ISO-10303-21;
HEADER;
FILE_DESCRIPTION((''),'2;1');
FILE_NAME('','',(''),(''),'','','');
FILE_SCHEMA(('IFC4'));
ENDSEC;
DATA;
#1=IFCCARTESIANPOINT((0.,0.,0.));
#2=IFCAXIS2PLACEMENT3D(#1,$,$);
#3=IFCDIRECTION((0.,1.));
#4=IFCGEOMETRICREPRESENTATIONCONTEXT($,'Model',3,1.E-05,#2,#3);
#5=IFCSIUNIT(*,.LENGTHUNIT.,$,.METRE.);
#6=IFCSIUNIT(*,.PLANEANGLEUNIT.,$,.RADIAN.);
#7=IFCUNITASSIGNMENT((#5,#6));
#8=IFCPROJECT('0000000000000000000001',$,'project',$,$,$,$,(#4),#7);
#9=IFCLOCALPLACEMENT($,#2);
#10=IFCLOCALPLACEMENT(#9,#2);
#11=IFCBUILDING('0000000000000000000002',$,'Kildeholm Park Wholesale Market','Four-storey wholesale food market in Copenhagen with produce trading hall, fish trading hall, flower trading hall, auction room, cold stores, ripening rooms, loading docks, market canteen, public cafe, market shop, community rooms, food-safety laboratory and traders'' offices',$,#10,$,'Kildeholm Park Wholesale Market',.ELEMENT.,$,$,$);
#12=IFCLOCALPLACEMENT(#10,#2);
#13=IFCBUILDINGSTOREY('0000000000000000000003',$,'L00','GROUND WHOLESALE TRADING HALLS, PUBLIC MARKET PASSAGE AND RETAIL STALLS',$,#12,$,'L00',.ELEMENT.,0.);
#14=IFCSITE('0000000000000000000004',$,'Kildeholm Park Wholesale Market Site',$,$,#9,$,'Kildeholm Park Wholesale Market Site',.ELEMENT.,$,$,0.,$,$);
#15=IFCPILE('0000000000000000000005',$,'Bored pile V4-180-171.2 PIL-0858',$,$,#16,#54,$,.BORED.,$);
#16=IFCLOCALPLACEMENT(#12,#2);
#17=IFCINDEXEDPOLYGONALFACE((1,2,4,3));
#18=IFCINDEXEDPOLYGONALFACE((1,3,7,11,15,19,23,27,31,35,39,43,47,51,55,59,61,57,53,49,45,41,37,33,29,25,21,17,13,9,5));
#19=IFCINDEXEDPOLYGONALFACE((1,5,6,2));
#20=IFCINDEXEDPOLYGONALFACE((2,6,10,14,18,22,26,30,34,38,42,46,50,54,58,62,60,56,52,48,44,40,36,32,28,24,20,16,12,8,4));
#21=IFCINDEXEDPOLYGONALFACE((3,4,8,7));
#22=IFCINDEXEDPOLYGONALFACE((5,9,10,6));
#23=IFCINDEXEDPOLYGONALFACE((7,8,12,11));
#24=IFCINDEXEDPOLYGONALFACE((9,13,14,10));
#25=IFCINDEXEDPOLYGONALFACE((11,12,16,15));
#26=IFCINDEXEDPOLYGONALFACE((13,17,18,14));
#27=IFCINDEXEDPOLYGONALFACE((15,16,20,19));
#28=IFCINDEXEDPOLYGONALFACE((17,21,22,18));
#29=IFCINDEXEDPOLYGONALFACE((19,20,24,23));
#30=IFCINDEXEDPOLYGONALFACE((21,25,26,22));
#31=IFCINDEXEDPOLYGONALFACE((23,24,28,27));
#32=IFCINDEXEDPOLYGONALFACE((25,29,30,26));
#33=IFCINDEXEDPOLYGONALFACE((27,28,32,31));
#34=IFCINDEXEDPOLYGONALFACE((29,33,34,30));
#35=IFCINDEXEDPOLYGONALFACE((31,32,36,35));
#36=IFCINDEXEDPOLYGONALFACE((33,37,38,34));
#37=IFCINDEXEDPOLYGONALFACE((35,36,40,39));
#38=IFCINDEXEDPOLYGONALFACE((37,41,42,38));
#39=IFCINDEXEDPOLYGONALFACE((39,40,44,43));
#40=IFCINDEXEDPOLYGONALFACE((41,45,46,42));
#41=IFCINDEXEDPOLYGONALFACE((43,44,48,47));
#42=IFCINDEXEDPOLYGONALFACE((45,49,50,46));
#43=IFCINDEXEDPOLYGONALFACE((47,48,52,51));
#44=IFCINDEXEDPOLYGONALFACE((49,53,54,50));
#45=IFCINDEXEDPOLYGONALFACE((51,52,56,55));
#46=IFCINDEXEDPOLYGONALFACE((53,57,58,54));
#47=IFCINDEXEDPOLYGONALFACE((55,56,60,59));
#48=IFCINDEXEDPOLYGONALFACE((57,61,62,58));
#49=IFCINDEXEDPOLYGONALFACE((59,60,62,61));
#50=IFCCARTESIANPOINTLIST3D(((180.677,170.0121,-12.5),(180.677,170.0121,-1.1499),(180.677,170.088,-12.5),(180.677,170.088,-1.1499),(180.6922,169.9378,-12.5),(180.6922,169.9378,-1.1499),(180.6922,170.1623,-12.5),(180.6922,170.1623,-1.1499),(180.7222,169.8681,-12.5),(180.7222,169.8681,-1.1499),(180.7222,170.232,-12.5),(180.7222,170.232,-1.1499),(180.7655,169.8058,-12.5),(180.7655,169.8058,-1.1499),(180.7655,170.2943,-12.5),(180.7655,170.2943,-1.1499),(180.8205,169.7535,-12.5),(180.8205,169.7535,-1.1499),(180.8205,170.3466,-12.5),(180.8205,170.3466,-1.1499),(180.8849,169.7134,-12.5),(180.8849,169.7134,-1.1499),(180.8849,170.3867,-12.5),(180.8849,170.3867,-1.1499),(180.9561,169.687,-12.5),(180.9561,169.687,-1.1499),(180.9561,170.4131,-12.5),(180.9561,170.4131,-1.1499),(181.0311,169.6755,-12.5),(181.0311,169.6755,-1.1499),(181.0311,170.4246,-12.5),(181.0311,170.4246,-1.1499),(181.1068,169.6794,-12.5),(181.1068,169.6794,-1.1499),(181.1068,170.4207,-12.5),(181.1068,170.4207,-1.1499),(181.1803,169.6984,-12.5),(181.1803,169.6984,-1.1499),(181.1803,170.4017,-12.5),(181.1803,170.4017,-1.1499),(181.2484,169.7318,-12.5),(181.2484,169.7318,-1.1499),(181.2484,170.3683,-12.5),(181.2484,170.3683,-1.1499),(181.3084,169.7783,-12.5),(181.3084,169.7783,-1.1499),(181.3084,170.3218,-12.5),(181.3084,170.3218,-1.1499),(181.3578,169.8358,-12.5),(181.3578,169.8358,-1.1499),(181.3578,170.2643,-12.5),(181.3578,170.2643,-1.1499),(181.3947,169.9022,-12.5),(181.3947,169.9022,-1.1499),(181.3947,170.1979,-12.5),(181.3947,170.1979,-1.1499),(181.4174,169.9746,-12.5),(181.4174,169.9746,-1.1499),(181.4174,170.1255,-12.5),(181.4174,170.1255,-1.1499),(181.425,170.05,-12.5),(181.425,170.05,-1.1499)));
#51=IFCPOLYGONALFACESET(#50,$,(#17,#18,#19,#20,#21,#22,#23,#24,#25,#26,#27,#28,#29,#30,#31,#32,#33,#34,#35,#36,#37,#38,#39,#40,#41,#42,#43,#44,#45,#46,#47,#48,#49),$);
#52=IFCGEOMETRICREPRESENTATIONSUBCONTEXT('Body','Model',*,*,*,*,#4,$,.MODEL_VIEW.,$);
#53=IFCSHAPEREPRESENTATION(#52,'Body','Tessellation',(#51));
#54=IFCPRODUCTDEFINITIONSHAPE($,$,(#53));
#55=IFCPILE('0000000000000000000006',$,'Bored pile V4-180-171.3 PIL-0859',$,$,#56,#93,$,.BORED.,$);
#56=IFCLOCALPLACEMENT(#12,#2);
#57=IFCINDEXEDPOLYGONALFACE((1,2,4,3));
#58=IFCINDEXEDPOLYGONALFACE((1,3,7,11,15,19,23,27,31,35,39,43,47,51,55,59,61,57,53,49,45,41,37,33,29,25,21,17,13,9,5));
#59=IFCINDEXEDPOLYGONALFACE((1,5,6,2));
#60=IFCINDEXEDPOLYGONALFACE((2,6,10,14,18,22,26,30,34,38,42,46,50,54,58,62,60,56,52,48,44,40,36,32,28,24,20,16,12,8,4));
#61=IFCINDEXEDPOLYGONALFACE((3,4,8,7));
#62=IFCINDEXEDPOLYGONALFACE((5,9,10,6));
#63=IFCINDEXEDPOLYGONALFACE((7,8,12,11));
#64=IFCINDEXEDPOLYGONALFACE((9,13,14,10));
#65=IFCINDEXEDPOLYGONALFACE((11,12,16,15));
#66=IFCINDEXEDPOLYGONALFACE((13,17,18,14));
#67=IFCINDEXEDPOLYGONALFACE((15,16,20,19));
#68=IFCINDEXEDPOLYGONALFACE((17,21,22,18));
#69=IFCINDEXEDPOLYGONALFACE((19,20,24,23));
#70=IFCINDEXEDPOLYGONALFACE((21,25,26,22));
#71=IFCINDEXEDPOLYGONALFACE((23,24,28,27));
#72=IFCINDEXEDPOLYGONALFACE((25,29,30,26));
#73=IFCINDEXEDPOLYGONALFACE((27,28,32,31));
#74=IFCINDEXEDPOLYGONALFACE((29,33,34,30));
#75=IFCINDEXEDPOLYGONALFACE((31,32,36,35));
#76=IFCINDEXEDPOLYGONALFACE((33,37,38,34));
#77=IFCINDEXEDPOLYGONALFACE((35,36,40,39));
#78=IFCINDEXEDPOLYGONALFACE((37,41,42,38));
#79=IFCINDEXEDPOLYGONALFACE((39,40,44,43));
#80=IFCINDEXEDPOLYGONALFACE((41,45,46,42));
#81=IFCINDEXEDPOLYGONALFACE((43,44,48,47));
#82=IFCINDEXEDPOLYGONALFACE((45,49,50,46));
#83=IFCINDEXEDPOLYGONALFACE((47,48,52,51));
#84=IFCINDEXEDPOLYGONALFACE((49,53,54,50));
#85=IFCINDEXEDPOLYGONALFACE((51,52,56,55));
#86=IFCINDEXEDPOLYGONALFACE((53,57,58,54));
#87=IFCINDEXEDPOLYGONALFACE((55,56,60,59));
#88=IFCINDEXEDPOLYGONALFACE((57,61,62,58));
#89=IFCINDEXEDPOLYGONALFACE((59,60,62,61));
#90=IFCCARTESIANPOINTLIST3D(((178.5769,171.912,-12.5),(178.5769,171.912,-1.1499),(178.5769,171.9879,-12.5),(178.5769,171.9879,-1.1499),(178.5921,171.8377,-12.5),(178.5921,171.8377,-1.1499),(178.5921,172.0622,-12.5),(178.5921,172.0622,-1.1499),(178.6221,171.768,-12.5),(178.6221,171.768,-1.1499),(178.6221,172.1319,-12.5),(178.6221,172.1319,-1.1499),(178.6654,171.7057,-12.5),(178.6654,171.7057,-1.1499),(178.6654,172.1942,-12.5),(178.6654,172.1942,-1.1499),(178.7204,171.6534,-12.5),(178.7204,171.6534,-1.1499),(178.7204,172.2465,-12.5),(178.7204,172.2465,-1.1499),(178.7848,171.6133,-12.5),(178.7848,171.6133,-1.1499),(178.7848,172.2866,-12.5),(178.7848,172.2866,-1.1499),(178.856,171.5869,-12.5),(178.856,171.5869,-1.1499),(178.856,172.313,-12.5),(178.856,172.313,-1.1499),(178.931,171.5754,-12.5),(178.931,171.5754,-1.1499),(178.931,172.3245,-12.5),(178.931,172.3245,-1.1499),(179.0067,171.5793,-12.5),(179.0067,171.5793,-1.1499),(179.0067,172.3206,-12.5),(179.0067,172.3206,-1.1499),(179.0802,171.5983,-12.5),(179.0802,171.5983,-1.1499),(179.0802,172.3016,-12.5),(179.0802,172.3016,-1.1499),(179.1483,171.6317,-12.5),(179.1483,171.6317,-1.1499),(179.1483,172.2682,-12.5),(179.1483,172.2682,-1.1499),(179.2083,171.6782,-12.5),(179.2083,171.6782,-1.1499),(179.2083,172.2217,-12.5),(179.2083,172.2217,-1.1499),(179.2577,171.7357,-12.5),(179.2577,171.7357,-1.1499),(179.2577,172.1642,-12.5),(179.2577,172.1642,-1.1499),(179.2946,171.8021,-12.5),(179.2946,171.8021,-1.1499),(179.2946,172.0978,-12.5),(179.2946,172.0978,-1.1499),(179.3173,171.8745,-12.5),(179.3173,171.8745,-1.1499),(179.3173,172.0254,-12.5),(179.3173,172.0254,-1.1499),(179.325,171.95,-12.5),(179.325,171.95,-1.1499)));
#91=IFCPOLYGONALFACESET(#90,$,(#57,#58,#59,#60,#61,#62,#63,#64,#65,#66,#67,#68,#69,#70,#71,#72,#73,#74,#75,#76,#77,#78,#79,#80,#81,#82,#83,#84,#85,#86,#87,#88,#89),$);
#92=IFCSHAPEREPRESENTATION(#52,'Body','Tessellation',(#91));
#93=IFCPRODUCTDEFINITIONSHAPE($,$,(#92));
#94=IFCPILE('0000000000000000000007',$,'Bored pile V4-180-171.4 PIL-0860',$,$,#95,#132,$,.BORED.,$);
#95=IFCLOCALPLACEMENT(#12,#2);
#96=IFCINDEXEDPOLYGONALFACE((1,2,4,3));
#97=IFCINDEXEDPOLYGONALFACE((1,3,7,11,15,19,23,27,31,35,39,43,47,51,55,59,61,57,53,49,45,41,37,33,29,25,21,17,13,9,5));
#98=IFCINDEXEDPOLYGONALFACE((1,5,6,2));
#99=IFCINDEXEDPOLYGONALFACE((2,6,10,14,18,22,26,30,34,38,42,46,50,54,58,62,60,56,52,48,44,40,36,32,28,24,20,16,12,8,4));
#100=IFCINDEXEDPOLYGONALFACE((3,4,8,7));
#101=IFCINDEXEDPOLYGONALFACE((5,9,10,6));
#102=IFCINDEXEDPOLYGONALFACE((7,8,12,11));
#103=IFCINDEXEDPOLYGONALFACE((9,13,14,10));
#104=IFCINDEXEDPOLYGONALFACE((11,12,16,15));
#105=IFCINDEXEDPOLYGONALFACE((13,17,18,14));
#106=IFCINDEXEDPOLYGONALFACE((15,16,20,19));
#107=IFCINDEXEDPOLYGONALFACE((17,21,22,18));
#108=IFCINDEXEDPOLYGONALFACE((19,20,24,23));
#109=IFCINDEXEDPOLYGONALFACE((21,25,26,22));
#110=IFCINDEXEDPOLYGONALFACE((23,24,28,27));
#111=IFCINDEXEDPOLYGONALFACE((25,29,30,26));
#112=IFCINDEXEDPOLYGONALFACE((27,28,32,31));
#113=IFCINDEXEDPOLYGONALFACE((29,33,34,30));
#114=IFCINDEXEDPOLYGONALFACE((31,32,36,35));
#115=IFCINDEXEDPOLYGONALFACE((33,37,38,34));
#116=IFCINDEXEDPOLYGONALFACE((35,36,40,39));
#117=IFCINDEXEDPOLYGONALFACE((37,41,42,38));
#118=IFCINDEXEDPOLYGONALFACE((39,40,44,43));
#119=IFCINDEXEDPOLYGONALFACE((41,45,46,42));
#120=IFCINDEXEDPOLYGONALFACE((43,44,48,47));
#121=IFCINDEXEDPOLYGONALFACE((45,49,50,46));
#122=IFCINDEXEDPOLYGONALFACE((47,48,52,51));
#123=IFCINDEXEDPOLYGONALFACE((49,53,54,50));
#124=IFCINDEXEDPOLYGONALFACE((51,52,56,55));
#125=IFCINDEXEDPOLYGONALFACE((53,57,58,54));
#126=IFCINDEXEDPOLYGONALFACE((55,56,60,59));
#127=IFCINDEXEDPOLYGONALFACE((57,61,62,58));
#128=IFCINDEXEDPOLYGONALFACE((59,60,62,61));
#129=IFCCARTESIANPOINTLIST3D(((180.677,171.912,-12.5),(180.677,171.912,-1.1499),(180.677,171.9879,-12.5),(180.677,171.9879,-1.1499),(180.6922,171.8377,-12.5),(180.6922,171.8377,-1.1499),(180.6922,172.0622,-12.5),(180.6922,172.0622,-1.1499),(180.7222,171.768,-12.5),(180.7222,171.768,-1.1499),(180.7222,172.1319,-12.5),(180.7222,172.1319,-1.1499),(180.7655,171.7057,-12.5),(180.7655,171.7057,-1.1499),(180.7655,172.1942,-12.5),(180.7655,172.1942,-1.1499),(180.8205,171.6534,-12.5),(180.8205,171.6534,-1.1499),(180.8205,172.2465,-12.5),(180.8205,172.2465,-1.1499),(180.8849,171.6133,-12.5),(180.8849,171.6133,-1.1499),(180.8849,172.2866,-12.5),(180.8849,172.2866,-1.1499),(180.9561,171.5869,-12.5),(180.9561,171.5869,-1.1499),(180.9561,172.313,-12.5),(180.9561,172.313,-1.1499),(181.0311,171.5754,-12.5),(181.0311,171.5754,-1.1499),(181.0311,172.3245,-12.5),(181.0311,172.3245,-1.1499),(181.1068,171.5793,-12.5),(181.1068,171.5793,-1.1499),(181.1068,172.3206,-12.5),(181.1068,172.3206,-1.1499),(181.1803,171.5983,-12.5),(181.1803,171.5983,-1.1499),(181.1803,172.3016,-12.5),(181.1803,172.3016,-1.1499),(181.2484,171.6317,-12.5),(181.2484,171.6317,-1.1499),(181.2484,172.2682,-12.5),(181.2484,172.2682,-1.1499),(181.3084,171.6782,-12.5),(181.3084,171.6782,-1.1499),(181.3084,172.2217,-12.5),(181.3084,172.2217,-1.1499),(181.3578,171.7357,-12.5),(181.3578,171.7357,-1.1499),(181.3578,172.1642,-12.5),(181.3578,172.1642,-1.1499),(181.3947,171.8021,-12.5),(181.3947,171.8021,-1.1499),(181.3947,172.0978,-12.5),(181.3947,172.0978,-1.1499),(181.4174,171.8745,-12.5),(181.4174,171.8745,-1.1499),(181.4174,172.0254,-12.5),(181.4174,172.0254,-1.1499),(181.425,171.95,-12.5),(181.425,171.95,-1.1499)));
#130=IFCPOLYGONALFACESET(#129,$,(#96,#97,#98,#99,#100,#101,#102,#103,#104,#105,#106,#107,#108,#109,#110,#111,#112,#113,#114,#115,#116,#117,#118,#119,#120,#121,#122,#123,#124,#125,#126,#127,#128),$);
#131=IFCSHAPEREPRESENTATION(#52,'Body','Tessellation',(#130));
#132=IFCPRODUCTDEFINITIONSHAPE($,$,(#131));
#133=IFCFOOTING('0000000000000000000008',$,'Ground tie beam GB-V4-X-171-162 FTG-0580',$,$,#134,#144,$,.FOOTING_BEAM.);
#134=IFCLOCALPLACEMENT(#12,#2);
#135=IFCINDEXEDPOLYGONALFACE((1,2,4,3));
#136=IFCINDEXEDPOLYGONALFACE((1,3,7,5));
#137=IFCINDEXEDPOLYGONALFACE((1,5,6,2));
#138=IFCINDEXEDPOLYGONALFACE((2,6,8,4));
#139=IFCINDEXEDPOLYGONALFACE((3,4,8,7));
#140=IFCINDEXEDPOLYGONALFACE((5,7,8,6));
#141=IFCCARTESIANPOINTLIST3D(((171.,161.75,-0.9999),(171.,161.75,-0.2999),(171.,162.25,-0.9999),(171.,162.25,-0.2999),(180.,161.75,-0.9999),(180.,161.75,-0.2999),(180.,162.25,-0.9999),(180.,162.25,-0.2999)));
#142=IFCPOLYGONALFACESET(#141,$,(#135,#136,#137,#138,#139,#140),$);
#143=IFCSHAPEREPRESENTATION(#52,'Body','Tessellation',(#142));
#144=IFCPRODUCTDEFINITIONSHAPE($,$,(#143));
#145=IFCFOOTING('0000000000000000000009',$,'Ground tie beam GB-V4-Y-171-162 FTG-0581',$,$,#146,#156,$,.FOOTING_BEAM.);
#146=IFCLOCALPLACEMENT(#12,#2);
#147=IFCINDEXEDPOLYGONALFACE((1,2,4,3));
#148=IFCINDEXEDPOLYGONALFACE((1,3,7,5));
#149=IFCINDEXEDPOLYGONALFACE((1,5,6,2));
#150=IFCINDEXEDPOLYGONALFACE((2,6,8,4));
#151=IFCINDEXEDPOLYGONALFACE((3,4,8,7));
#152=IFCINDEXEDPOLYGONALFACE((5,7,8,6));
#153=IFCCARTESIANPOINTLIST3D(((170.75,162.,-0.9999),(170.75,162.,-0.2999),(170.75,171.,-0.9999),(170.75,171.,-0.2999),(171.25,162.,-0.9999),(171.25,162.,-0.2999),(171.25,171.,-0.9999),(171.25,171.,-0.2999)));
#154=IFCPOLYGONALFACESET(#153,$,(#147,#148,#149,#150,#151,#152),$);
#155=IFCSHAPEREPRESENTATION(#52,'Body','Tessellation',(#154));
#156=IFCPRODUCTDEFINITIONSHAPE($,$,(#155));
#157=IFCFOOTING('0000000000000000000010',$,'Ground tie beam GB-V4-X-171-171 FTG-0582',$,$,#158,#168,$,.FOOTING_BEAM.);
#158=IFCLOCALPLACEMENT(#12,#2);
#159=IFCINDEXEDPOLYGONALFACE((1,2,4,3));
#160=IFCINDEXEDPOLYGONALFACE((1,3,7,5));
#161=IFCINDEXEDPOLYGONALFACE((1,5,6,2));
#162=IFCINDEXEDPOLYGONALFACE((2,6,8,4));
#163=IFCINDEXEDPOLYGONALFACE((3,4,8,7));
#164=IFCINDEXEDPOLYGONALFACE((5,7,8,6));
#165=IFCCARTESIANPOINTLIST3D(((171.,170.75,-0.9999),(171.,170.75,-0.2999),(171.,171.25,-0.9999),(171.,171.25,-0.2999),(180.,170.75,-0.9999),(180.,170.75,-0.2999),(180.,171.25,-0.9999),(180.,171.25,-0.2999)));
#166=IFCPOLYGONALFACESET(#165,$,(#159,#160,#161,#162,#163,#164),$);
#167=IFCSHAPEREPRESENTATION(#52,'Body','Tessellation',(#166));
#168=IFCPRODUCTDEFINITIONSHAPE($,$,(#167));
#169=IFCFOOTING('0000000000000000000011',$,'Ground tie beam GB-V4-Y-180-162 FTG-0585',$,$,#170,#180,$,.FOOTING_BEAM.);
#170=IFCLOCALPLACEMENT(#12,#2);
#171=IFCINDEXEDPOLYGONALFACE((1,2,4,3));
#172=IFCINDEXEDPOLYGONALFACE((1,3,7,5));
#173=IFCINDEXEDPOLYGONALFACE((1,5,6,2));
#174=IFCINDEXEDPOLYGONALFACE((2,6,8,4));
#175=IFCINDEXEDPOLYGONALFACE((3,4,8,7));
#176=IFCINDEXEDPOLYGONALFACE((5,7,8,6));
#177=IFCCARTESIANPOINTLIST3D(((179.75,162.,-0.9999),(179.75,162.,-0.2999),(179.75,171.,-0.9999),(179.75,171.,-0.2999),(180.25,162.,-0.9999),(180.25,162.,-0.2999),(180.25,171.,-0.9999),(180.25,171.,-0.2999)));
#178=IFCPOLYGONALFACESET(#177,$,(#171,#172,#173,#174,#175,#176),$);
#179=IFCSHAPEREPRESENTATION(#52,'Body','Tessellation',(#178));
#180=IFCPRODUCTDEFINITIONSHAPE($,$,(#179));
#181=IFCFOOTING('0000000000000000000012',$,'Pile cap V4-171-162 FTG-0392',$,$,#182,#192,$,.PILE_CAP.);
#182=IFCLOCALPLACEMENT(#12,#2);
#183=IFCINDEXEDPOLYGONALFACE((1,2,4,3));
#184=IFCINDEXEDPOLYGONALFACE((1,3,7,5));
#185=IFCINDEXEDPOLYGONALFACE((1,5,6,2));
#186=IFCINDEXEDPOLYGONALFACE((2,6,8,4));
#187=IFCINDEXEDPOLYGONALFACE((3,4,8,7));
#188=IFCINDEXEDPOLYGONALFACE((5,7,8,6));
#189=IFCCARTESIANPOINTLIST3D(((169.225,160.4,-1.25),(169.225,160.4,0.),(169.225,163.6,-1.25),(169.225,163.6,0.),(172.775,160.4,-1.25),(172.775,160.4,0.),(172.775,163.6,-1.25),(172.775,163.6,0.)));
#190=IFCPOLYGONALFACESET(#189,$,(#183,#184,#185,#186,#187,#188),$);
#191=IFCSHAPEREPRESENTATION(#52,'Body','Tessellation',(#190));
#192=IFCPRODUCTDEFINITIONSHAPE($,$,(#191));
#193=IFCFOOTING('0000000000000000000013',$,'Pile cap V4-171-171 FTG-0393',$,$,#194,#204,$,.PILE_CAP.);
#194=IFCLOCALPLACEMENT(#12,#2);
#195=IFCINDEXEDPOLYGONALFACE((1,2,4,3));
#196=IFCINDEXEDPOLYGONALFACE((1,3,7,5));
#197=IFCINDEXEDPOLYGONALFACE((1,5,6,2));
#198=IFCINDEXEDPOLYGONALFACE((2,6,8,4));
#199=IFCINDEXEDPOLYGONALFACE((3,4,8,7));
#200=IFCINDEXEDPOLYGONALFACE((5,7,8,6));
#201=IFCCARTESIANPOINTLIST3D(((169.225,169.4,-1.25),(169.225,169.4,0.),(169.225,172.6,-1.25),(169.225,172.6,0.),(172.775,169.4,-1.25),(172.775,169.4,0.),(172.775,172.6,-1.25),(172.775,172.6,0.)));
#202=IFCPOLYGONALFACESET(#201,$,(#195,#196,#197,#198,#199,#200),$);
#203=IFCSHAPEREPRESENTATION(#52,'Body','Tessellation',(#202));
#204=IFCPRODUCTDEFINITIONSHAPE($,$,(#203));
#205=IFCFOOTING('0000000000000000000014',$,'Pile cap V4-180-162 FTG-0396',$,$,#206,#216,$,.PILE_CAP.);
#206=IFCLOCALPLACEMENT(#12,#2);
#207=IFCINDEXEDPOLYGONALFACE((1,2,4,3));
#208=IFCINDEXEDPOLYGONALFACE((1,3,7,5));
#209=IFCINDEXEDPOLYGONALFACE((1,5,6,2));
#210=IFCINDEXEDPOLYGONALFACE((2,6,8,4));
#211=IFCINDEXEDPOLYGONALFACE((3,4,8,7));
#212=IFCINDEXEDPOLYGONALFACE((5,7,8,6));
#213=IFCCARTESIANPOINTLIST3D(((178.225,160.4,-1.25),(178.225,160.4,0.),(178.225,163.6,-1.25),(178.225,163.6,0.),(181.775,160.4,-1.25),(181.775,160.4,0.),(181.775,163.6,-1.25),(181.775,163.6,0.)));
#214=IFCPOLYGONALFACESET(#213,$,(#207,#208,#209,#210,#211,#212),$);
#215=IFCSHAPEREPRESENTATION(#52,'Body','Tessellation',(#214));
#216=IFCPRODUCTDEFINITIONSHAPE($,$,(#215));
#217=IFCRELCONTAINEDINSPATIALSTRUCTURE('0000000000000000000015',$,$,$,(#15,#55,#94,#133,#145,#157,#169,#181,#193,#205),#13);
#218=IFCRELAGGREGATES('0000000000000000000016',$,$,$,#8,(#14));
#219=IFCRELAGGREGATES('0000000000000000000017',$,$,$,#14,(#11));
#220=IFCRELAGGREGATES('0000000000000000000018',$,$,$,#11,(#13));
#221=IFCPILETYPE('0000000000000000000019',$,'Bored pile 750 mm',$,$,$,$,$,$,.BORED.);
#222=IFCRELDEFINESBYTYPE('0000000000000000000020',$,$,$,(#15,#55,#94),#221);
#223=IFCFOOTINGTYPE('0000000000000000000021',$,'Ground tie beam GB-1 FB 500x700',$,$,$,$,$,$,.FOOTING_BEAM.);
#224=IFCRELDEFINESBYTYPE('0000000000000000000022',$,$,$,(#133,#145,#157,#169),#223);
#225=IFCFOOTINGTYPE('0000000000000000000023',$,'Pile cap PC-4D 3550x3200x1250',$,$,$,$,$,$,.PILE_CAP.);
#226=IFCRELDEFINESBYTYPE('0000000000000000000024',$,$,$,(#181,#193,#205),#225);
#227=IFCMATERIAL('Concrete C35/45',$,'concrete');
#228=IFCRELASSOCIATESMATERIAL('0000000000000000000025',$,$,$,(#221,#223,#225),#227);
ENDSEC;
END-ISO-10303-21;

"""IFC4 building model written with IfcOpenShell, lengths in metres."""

from ifc_helpers import new_model, si_unit, direction, frame, origin, origin_2d, place, context, subcontext, project, spatial, rectangle, circle, extrude, material, material_profile, profile_set, type_object, element, save


model = new_model("IFC4")

# Units and contexts
model_context = context("Model", 3, precision=1e-05, world=origin(), true_north=direction((0.0, 1.0)))
body_context = subcontext(model_context, "Body", "Model", "MODEL_VIEW")
ifc_project = project(units=[si_unit("LENGTHUNIT", "METRE"), si_unit("PLANEANGLEUNIT", "RADIAN")], contexts=[model_context])

# Site, building, storey
site_placement = place(None, origin())
site = spatial("IfcSite", under=ifc_project, at=site_placement, Name="Kildeholm Park Wholesale Market Site", LongName="Kildeholm Park Wholesale Market Site", CompositionType="ELEMENT", RefElevation=0.0)
building_placement = place(site_placement, origin())
building = spatial("IfcBuilding", under=site, at=building_placement, Name="Kildeholm Park Wholesale Market", Description="Four-storey wholesale food market in Copenhagen with produce trading hall, fish trading hall, flower trading hall, auction room, cold stores, ripening rooms, loading docks, market canteen, public cafe, market shop, community rooms, food-safety laboratory and traders' offices", LongName="Kildeholm Park Wholesale Market", CompositionType="ELEMENT")
storey_placement = place(building_placement, origin())
storey = spatial("IfcBuildingStorey", under=building, at=storey_placement, Name="L00", Description="GROUND WHOLESALE TRADING HALLS, PUBLIC MARKET PASSAGE AND RETAIL STALLS", LongName="L00", CompositionType="ELEMENT", Elevation=0.0)

# Piles
ifc_material_1 = material(Name="Concrete C35/45", Category="concrete")
ifc_material_profile_1 = material_profile(ifc_material_1, circle(Radius=0.375, at=origin_2d()), Name="PILE D750")
ifc_profile_set_1 = profile_set([ifc_material_profile_1], Name="Concrete C35/45")
pile_type = type_object("IfcPileType", Name="Bored pile 750 mm", PredefinedType="BORED", material=ifc_profile_set_1)
for number, where, z_axis, x_axis, name in (
    (1, (181.05, 170.05, -1.1499), (0.0, 0.0, -1.0), (1.0, 0.0, 0.0), "Bored pile V4-180-171.2 PIL-0858"),
    (2, (178.95, 171.95, -1.1499), (0.0, 0.0, -1.0), (1.0, 0.0, 0.0), "Bored pile V4-180-171.3 PIL-0859"),
    (3, (181.05, 171.95, -1.1499), (0.0, 0.0, -1.0), (1.0, 0.0, 0.0), "Bored pile V4-180-171.4 PIL-0860"),
):
    element("IfcPile", number, at=place(storey_placement, frame(where, z_axis=z_axis, x_axis=x_axis)), inside=storey, type_object=pile_type, Name=name, PredefinedType="BORED", context=body_context, shape_type="SweptSolid", body=[
        extrude(circle(Radius=0.375, at=origin_2d()), origin(), (0.0, 0.0, 1.0), 11.3501),
    ])

# Footings
ifc_material_profile_2 = material_profile(ifc_material_1, rectangle(XDim=0.5, YDim=0.7, at=origin_2d()), Name="FB 500x700")
ifc_profile_set_2 = profile_set([ifc_material_profile_2], Name="Concrete C35/45")
footing_type_1 = type_object("IfcFootingType", Name="Ground tie beam GB-1 FB 500x700", PredefinedType="FOOTING_BEAM", material=ifc_profile_set_2)
for number, where, z_axis, x_axis, name in (
    (4, (171.0, 162.0, -0.6499), (1.0, 0.0, 0.0), (0.0, 1.0, 0.0), "Ground tie beam GB-V4-X-171-162 FTG-0580"),
    (5, (171.0, 162.0, -0.6499), (0.0, 1.0, 0.0), (-1.0, 0.0, 0.0), "Ground tie beam GB-V4-Y-171-162 FTG-0581"),
    (6, (171.0, 171.0, -0.6499), (1.0, 0.0, 0.0), (0.0, 1.0, 0.0), "Ground tie beam GB-V4-X-171-171 FTG-0582"),
    (7, (180.0, 162.0, -0.6499), (0.0, 1.0, 0.0), (-1.0, 0.0, 0.0), "Ground tie beam GB-V4-Y-180-162 FTG-0585"),
):
    element("IfcFooting", number, at=place(storey_placement, frame(where, z_axis=z_axis, x_axis=x_axis)), inside=storey, type_object=footing_type_1, Name=name, PredefinedType="FOOTING_BEAM", context=body_context, shape_type="SweptSolid", body=[
        extrude(rectangle(XDim=0.5, YDim=0.7, at=origin_2d()), origin(), (0.0, 0.0, 1.0), 9.0),
    ])
footing_type_2 = type_object("IfcFootingType", Name="Pile cap PC-4D 3550x3200x1250", PredefinedType="PILE_CAP", material=ifc_material_1)
for number, where, z_axis, x_axis, name in (
    (8, (171.0, 162.0, -1.25), (0.0, 0.0, 1.0), (1.0, 0.0, 0.0), "Pile cap V4-171-162 FTG-0392"),
    (9, (171.0, 171.0, -1.25), (0.0, 0.0, 1.0), (1.0, 0.0, 0.0), "Pile cap V4-171-171 FTG-0393"),
    (10, (180.0, 162.0, -1.25), (0.0, 0.0, 1.0), (1.0, 0.0, 0.0), "Pile cap V4-180-162 FTG-0396"),
):
    element("IfcFooting", number, at=place(storey_placement, frame(where, z_axis=z_axis, x_axis=x_axis)), inside=storey, type_object=footing_type_2, Name=name, PredefinedType="PILE_CAP", context=body_context, shape_type="SweptSolid", body=[
        extrude(rectangle(XDim=3.55, YDim=3.2, at=origin_2d()), origin(), (0.0, 0.0, 1.0), 1.25),
    ])

save(model, "model.ifc")
